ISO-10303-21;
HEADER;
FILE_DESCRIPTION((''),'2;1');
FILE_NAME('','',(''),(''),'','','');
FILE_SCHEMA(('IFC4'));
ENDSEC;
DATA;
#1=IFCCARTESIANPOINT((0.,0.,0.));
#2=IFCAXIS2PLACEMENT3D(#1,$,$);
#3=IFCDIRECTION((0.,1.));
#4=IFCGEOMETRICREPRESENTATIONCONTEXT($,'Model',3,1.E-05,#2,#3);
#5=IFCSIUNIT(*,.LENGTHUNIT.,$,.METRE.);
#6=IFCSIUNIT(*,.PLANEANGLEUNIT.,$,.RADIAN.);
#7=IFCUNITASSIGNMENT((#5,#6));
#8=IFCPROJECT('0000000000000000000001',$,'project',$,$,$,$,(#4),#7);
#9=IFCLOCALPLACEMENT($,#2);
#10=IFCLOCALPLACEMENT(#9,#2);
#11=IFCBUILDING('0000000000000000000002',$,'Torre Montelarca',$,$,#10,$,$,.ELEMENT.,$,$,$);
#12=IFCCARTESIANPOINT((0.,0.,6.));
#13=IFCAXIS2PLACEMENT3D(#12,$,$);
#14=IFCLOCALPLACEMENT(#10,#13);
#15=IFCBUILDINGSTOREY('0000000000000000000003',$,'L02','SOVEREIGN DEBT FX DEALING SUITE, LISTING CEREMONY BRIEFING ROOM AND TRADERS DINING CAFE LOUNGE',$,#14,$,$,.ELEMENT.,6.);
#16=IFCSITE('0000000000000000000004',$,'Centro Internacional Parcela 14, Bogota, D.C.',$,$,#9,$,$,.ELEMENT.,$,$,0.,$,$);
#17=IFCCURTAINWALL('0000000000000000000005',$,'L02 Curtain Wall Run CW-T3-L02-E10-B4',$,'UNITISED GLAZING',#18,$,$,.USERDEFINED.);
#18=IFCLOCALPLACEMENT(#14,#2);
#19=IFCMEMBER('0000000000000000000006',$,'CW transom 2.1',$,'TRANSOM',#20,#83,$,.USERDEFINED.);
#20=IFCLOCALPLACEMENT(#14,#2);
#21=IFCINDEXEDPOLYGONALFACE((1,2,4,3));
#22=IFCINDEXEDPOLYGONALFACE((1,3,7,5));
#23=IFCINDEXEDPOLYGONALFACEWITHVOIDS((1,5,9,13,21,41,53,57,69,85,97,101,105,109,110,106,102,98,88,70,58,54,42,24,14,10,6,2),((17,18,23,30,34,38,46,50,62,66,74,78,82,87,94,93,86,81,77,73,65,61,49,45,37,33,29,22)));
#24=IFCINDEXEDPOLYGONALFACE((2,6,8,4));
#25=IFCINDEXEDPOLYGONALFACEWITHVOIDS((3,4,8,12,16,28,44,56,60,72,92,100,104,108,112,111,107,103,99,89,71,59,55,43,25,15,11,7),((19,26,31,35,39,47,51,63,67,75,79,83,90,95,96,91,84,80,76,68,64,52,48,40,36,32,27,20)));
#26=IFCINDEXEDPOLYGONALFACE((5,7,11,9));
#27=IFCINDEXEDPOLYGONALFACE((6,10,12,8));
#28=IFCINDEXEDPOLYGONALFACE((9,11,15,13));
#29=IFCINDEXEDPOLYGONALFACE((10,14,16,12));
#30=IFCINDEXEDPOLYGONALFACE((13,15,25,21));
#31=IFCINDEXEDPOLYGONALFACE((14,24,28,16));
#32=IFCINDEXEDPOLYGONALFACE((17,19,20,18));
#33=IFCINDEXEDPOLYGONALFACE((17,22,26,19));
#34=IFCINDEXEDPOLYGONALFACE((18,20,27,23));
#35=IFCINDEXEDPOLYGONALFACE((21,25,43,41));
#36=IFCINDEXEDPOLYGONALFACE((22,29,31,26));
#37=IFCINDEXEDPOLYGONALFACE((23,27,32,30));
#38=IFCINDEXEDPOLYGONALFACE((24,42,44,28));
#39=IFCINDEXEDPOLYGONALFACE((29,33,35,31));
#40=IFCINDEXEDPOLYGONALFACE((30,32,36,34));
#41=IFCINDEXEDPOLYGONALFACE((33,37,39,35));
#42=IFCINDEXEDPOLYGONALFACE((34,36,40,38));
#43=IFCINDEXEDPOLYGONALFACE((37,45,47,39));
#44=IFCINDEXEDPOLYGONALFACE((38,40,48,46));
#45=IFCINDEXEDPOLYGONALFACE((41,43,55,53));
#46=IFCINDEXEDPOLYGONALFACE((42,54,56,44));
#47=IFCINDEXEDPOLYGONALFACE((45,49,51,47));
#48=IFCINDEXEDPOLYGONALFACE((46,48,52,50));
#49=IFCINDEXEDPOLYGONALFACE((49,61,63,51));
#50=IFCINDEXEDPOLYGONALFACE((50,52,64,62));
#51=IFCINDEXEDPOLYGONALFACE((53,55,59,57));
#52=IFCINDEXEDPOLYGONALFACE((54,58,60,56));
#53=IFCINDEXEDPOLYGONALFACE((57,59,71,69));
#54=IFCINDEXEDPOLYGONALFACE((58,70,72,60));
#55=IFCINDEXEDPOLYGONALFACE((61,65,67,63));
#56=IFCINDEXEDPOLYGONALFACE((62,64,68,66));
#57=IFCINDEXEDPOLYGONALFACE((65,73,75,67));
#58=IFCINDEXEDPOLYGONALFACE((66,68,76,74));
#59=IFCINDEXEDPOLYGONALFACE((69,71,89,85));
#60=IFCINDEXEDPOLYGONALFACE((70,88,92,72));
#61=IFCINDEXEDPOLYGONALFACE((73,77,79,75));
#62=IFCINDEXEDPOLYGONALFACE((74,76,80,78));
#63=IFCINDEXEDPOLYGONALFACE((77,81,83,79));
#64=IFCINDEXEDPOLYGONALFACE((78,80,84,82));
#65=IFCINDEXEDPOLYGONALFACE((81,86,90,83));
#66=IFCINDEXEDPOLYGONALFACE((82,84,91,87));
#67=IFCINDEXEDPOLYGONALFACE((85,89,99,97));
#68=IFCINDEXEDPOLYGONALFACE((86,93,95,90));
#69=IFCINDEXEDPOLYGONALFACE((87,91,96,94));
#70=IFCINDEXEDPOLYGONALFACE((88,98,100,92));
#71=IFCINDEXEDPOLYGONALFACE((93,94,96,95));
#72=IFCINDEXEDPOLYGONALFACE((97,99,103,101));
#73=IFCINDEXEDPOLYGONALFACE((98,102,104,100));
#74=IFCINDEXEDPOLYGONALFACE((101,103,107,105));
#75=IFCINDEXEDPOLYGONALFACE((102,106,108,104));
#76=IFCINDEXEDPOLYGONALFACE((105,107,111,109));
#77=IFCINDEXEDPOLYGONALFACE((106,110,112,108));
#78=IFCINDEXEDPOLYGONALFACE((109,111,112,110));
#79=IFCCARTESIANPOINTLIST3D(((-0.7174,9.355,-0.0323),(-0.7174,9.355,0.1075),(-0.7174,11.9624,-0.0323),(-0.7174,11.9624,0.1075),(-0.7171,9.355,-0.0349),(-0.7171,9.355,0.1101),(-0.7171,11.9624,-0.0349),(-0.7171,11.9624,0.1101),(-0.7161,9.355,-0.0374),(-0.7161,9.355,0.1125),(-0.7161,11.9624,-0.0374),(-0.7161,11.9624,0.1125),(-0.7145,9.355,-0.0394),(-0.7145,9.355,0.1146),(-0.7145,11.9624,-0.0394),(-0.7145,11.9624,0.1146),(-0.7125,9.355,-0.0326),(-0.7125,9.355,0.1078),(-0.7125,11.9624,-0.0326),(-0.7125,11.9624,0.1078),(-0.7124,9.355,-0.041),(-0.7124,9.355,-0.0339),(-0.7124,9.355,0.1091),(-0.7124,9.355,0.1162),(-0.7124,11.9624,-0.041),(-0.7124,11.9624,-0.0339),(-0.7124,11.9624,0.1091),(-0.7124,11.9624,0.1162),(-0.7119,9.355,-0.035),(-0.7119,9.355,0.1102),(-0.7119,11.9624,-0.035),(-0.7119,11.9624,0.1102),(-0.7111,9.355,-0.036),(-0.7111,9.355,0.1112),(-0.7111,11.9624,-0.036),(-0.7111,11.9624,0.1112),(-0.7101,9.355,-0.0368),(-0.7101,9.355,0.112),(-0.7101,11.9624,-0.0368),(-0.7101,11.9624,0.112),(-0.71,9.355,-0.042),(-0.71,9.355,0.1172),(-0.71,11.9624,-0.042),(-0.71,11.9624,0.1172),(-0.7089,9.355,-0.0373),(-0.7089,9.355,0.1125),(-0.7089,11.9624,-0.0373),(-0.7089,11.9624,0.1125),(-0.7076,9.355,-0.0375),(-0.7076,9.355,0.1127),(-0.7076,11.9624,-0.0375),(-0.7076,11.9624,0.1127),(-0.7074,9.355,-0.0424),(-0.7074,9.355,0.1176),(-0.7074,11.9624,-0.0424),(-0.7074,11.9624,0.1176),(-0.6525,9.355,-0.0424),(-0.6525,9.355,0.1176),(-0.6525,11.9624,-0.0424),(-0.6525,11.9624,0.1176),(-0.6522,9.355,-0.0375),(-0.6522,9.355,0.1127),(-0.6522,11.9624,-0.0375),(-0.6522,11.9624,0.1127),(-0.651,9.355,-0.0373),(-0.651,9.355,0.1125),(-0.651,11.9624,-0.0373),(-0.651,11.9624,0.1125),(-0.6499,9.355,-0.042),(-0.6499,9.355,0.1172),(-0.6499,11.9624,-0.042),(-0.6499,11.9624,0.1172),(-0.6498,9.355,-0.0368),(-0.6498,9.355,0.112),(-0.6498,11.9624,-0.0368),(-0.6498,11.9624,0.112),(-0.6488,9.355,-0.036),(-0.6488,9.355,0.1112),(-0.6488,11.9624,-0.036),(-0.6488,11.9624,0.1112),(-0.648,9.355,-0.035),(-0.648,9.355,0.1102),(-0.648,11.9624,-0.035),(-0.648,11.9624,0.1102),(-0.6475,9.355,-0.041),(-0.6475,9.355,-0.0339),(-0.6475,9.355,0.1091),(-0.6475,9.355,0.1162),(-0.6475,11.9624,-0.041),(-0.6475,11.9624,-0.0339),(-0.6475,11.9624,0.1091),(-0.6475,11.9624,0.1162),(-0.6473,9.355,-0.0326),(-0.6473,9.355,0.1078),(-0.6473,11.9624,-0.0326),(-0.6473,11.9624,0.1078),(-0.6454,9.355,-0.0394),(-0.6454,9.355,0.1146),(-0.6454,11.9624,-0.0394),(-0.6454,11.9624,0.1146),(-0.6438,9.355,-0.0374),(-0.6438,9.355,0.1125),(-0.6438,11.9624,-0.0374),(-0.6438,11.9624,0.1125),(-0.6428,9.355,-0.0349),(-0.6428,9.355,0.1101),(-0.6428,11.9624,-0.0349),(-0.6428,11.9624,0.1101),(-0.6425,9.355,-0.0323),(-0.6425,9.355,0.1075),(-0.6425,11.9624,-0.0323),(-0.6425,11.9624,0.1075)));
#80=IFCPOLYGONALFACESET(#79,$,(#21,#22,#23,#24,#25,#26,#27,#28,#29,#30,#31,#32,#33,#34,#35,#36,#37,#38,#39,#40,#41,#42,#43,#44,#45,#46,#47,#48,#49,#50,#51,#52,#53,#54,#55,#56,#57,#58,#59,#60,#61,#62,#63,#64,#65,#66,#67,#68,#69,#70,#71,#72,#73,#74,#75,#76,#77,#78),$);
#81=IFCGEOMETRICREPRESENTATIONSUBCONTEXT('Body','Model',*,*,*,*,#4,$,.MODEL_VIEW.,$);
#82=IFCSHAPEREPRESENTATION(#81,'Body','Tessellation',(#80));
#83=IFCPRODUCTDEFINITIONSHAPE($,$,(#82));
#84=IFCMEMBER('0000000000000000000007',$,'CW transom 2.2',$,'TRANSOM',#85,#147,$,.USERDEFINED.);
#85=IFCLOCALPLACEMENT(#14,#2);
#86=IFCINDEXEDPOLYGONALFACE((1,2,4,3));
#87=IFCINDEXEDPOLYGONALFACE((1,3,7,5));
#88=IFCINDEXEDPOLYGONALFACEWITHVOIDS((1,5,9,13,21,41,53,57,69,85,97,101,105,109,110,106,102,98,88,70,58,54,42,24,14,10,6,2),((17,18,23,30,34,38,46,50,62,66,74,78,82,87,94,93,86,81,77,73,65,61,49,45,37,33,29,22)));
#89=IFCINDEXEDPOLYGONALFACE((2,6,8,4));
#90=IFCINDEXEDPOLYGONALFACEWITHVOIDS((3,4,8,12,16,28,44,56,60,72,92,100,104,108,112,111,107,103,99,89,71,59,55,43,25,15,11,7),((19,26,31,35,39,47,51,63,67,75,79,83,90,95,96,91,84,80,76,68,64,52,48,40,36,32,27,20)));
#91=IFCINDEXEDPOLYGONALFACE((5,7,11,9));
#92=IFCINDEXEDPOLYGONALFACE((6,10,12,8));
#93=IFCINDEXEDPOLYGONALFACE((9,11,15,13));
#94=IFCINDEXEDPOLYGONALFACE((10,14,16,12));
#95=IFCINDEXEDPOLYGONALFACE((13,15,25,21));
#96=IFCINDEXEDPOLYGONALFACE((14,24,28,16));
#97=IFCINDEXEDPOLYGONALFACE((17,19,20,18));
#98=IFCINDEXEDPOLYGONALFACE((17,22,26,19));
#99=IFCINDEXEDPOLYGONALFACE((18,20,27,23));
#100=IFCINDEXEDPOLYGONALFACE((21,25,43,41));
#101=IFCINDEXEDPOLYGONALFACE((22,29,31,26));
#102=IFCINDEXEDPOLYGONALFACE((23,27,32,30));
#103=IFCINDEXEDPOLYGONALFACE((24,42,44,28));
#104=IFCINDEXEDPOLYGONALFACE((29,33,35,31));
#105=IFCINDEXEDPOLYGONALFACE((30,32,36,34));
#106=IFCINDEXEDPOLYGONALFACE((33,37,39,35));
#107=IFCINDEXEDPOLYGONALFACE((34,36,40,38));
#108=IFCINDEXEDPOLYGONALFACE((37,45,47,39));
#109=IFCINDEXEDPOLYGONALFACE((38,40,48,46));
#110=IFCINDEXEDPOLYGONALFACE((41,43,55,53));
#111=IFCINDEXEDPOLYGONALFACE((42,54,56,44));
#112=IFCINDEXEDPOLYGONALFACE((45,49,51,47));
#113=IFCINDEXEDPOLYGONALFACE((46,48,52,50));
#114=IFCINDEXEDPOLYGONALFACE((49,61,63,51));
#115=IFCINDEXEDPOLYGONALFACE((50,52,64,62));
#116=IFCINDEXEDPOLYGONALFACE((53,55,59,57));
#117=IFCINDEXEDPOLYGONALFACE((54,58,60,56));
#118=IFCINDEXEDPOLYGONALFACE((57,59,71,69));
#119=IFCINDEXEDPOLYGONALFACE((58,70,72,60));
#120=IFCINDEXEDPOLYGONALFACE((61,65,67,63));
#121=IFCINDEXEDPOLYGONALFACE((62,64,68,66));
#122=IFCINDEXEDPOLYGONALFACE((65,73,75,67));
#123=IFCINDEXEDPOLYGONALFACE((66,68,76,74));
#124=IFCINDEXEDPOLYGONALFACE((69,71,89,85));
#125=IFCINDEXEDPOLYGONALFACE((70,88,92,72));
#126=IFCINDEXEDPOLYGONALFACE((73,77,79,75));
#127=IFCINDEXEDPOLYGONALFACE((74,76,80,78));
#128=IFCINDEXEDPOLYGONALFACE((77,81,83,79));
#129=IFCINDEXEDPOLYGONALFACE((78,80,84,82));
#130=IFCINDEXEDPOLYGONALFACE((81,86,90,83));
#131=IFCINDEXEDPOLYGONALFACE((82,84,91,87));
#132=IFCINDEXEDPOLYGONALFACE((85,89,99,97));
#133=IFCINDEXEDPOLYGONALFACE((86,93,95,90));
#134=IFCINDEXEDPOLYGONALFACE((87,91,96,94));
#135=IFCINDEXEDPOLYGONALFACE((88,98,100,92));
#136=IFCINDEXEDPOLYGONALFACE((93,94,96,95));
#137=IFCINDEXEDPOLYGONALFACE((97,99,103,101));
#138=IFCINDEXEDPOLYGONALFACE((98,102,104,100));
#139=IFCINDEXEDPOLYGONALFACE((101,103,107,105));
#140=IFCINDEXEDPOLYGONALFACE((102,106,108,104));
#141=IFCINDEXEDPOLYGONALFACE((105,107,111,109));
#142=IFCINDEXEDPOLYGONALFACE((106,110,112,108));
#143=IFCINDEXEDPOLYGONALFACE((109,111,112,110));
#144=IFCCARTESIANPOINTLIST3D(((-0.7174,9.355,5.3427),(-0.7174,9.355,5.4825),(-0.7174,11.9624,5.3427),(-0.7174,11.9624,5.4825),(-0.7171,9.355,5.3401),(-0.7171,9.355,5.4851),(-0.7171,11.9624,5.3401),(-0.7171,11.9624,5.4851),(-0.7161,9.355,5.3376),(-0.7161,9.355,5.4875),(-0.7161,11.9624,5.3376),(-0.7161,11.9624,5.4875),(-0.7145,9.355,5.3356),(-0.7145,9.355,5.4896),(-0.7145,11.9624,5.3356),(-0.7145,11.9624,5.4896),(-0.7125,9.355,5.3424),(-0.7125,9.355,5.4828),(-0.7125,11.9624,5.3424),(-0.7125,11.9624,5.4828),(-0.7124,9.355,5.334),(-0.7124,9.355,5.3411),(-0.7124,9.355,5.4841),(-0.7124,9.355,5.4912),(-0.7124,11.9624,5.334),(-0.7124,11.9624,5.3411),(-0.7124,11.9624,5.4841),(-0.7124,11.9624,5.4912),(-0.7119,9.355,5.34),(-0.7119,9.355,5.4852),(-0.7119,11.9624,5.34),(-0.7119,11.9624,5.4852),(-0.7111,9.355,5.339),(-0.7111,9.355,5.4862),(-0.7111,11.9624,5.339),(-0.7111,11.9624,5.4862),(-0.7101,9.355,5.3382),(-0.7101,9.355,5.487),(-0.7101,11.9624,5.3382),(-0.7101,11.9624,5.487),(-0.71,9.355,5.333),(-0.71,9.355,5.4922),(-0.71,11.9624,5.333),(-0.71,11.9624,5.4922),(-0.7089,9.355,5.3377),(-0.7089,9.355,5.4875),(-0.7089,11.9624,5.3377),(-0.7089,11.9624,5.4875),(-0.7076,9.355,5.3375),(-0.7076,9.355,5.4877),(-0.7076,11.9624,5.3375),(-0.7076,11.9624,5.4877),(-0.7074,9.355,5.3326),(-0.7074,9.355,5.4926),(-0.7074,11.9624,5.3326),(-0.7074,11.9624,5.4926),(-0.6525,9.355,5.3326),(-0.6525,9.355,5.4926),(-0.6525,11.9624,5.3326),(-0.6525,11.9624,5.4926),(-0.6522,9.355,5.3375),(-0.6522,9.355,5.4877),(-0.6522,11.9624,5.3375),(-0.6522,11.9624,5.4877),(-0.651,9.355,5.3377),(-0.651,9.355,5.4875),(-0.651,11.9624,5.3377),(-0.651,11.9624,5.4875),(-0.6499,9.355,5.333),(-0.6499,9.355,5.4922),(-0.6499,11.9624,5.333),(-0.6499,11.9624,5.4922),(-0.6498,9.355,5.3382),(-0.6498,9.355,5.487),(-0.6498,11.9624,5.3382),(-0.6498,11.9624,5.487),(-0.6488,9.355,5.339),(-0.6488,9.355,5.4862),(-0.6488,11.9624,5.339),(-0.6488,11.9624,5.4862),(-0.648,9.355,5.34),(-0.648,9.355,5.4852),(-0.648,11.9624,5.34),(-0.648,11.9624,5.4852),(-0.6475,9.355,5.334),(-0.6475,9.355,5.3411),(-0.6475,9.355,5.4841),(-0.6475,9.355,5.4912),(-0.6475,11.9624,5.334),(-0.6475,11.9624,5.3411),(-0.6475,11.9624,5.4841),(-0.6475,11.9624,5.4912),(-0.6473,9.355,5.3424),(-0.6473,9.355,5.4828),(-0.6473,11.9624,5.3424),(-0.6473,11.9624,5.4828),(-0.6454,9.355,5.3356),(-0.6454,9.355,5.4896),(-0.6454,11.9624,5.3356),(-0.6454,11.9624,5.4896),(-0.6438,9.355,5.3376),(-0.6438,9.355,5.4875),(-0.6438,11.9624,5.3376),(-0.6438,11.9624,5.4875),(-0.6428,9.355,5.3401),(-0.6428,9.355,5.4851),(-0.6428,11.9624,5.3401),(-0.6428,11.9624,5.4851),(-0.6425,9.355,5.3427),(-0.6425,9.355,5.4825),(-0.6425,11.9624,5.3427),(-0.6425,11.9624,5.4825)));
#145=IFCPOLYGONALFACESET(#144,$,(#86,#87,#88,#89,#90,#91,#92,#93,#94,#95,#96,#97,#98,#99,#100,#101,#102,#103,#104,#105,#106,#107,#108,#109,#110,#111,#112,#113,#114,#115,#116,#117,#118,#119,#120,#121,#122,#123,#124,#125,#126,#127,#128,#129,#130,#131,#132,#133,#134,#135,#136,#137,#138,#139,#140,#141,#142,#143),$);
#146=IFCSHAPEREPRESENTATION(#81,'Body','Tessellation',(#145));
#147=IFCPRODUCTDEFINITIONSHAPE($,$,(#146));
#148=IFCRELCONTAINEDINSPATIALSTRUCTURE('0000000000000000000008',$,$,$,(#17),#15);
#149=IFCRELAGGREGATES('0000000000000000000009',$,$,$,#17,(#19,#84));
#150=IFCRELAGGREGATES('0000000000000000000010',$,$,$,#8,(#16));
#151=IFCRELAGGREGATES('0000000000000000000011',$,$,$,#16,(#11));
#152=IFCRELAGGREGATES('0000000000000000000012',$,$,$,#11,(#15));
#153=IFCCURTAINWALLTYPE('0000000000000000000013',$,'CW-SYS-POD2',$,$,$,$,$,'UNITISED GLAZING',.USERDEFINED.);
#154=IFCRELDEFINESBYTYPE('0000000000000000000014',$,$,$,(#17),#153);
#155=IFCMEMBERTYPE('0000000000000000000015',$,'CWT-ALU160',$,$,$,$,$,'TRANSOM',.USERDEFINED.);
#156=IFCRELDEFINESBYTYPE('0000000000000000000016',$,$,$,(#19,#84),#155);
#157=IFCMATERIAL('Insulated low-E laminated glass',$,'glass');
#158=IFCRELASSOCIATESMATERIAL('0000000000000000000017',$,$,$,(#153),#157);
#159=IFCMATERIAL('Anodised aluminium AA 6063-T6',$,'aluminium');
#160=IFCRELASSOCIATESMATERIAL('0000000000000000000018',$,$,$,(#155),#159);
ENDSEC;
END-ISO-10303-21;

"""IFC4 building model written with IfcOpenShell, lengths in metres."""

from ifc_helpers import new_model, si_unit, direction, frame, origin, origin_2d, place, context, subcontext, project, spatial, hollow_rectangle, extrude, source, transform, mapped, material, material_profile, profile_set, type_object, element, aggregate, save


model = new_model("IFC4")

# Units and contexts
model_context = context("Model", 3, precision=1e-05, world=origin(), true_north=direction((0.0, 1.0)))
body_context = subcontext(model_context, "Body", "Model", "MODEL_VIEW")
ifc_project = project(units=[si_unit("LENGTHUNIT", "METRE"), si_unit("PLANEANGLEUNIT", "RADIAN")], contexts=[model_context])

# Site, building, storey
site_placement = place(None, origin())
site = spatial("IfcSite", under=ifc_project, at=site_placement, Name="Centro Internacional Parcela 14, Bogota, D.C.", CompositionType="ELEMENT", RefElevation=0.0)
building_placement = place(site_placement, origin())
building = spatial("IfcBuilding", under=site, at=building_placement, Name="Torre Montelarca", CompositionType="ELEMENT")
storey_placement = place(building_placement, frame((0.0, 0.0, 6.0)))
storey = spatial("IfcBuildingStorey", under=building, at=storey_placement, Name="L02", Description="SOVEREIGN DEBT FX DEALING SUITE, LISTING CEREMONY BRIEFING ROOM AND TRADERS DINING CAFE LOUNGE", CompositionType="ELEMENT", Elevation=6.0)

# Curtain wall, members
ifc_material_1 = material(Name="Insulated low-E laminated glass", Category="glass")
curtain_wall_type = type_object("IfcCurtainWallType", Name="CW-SYS-POD2", ElementType="UNITISED GLAZING", PredefinedType="USERDEFINED", material=ifc_material_1)
curtain_wall_placement = place(storey_placement, origin())
curtain_wall = element("IfcCurtainWall", 1, at=curtain_wall_placement, inside=storey, type_object=curtain_wall_type, Name="L02 Curtain Wall Run CW-T3-L02-E10-B4", ObjectType="UNITISED GLAZING", PredefinedType="USERDEFINED")
ifc_material_2 = material(Name="Anodised aluminium AA 6063-T6", Category="aluminium")
ifc_material_profile_1 = material_profile(ifc_material_2, hollow_rectangle(XDim=0.075, YDim=0.1599, WallThickness=0.0049, InnerFilletRadius=0.0049, OuterFilletRadius=0.01, at=origin_2d()), Name="ALU75X160X5", Category="aluminium")
ifc_profile_set_1 = profile_set([ifc_material_profile_1], Name="Anodised aluminium AA 6063-T6")
member_type_1 = type_object("IfcMemberType", Name="CWT-ALU160", ElementType="TRANSOM", PredefinedType="USERDEFINED", material=ifc_profile_set_1)
shared_shape_1 = source(origin(), body_context, "Body", "SweptSolid", [
    extrude(hollow_rectangle(XDim=0.075, YDim=0.1599, WallThickness=0.0049, InnerFilletRadius=0.0049, OuterFilletRadius=0.01, at=origin_2d()), origin(), (0.0, 0.0, 1.0), 2.6074),
])
member_1_placement = place(storey_placement, frame((-0.6799, 11.9624, 0.0376), z_axis=(0.0, -1.0, 0.0), x_axis=(1.0, 0.0, 0.0)))
member_1 = element("IfcMember", 2, at=member_1_placement, type_object=member_type_1, Name="CW transom 2.1", ObjectType="TRANSOM", PredefinedType="USERDEFINED", context=body_context, shape_type="MappedRepresentation", body=[
    mapped(shared_shape_1, transform((0.0, 0.0, 0.0), scale=1.0)),
])
member_2_placement = place(storey_placement, frame((-0.6799, 11.9624, 5.4126), z_axis=(0.0, -1.0, 0.0), x_axis=(1.0, 0.0, 0.0)))
member_2 = element("IfcMember", 3, at=member_2_placement, type_object=member_type_1, Name="CW transom 2.2", ObjectType="TRANSOM", PredefinedType="USERDEFINED", context=body_context, shape_type="MappedRepresentation", body=[
    mapped(shared_shape_1, transform((0.0, 0.0, 0.0), scale=1.0)),
])

aggregate(curtain_wall, [member_1, member_2])

save(model, "model.ifc")
